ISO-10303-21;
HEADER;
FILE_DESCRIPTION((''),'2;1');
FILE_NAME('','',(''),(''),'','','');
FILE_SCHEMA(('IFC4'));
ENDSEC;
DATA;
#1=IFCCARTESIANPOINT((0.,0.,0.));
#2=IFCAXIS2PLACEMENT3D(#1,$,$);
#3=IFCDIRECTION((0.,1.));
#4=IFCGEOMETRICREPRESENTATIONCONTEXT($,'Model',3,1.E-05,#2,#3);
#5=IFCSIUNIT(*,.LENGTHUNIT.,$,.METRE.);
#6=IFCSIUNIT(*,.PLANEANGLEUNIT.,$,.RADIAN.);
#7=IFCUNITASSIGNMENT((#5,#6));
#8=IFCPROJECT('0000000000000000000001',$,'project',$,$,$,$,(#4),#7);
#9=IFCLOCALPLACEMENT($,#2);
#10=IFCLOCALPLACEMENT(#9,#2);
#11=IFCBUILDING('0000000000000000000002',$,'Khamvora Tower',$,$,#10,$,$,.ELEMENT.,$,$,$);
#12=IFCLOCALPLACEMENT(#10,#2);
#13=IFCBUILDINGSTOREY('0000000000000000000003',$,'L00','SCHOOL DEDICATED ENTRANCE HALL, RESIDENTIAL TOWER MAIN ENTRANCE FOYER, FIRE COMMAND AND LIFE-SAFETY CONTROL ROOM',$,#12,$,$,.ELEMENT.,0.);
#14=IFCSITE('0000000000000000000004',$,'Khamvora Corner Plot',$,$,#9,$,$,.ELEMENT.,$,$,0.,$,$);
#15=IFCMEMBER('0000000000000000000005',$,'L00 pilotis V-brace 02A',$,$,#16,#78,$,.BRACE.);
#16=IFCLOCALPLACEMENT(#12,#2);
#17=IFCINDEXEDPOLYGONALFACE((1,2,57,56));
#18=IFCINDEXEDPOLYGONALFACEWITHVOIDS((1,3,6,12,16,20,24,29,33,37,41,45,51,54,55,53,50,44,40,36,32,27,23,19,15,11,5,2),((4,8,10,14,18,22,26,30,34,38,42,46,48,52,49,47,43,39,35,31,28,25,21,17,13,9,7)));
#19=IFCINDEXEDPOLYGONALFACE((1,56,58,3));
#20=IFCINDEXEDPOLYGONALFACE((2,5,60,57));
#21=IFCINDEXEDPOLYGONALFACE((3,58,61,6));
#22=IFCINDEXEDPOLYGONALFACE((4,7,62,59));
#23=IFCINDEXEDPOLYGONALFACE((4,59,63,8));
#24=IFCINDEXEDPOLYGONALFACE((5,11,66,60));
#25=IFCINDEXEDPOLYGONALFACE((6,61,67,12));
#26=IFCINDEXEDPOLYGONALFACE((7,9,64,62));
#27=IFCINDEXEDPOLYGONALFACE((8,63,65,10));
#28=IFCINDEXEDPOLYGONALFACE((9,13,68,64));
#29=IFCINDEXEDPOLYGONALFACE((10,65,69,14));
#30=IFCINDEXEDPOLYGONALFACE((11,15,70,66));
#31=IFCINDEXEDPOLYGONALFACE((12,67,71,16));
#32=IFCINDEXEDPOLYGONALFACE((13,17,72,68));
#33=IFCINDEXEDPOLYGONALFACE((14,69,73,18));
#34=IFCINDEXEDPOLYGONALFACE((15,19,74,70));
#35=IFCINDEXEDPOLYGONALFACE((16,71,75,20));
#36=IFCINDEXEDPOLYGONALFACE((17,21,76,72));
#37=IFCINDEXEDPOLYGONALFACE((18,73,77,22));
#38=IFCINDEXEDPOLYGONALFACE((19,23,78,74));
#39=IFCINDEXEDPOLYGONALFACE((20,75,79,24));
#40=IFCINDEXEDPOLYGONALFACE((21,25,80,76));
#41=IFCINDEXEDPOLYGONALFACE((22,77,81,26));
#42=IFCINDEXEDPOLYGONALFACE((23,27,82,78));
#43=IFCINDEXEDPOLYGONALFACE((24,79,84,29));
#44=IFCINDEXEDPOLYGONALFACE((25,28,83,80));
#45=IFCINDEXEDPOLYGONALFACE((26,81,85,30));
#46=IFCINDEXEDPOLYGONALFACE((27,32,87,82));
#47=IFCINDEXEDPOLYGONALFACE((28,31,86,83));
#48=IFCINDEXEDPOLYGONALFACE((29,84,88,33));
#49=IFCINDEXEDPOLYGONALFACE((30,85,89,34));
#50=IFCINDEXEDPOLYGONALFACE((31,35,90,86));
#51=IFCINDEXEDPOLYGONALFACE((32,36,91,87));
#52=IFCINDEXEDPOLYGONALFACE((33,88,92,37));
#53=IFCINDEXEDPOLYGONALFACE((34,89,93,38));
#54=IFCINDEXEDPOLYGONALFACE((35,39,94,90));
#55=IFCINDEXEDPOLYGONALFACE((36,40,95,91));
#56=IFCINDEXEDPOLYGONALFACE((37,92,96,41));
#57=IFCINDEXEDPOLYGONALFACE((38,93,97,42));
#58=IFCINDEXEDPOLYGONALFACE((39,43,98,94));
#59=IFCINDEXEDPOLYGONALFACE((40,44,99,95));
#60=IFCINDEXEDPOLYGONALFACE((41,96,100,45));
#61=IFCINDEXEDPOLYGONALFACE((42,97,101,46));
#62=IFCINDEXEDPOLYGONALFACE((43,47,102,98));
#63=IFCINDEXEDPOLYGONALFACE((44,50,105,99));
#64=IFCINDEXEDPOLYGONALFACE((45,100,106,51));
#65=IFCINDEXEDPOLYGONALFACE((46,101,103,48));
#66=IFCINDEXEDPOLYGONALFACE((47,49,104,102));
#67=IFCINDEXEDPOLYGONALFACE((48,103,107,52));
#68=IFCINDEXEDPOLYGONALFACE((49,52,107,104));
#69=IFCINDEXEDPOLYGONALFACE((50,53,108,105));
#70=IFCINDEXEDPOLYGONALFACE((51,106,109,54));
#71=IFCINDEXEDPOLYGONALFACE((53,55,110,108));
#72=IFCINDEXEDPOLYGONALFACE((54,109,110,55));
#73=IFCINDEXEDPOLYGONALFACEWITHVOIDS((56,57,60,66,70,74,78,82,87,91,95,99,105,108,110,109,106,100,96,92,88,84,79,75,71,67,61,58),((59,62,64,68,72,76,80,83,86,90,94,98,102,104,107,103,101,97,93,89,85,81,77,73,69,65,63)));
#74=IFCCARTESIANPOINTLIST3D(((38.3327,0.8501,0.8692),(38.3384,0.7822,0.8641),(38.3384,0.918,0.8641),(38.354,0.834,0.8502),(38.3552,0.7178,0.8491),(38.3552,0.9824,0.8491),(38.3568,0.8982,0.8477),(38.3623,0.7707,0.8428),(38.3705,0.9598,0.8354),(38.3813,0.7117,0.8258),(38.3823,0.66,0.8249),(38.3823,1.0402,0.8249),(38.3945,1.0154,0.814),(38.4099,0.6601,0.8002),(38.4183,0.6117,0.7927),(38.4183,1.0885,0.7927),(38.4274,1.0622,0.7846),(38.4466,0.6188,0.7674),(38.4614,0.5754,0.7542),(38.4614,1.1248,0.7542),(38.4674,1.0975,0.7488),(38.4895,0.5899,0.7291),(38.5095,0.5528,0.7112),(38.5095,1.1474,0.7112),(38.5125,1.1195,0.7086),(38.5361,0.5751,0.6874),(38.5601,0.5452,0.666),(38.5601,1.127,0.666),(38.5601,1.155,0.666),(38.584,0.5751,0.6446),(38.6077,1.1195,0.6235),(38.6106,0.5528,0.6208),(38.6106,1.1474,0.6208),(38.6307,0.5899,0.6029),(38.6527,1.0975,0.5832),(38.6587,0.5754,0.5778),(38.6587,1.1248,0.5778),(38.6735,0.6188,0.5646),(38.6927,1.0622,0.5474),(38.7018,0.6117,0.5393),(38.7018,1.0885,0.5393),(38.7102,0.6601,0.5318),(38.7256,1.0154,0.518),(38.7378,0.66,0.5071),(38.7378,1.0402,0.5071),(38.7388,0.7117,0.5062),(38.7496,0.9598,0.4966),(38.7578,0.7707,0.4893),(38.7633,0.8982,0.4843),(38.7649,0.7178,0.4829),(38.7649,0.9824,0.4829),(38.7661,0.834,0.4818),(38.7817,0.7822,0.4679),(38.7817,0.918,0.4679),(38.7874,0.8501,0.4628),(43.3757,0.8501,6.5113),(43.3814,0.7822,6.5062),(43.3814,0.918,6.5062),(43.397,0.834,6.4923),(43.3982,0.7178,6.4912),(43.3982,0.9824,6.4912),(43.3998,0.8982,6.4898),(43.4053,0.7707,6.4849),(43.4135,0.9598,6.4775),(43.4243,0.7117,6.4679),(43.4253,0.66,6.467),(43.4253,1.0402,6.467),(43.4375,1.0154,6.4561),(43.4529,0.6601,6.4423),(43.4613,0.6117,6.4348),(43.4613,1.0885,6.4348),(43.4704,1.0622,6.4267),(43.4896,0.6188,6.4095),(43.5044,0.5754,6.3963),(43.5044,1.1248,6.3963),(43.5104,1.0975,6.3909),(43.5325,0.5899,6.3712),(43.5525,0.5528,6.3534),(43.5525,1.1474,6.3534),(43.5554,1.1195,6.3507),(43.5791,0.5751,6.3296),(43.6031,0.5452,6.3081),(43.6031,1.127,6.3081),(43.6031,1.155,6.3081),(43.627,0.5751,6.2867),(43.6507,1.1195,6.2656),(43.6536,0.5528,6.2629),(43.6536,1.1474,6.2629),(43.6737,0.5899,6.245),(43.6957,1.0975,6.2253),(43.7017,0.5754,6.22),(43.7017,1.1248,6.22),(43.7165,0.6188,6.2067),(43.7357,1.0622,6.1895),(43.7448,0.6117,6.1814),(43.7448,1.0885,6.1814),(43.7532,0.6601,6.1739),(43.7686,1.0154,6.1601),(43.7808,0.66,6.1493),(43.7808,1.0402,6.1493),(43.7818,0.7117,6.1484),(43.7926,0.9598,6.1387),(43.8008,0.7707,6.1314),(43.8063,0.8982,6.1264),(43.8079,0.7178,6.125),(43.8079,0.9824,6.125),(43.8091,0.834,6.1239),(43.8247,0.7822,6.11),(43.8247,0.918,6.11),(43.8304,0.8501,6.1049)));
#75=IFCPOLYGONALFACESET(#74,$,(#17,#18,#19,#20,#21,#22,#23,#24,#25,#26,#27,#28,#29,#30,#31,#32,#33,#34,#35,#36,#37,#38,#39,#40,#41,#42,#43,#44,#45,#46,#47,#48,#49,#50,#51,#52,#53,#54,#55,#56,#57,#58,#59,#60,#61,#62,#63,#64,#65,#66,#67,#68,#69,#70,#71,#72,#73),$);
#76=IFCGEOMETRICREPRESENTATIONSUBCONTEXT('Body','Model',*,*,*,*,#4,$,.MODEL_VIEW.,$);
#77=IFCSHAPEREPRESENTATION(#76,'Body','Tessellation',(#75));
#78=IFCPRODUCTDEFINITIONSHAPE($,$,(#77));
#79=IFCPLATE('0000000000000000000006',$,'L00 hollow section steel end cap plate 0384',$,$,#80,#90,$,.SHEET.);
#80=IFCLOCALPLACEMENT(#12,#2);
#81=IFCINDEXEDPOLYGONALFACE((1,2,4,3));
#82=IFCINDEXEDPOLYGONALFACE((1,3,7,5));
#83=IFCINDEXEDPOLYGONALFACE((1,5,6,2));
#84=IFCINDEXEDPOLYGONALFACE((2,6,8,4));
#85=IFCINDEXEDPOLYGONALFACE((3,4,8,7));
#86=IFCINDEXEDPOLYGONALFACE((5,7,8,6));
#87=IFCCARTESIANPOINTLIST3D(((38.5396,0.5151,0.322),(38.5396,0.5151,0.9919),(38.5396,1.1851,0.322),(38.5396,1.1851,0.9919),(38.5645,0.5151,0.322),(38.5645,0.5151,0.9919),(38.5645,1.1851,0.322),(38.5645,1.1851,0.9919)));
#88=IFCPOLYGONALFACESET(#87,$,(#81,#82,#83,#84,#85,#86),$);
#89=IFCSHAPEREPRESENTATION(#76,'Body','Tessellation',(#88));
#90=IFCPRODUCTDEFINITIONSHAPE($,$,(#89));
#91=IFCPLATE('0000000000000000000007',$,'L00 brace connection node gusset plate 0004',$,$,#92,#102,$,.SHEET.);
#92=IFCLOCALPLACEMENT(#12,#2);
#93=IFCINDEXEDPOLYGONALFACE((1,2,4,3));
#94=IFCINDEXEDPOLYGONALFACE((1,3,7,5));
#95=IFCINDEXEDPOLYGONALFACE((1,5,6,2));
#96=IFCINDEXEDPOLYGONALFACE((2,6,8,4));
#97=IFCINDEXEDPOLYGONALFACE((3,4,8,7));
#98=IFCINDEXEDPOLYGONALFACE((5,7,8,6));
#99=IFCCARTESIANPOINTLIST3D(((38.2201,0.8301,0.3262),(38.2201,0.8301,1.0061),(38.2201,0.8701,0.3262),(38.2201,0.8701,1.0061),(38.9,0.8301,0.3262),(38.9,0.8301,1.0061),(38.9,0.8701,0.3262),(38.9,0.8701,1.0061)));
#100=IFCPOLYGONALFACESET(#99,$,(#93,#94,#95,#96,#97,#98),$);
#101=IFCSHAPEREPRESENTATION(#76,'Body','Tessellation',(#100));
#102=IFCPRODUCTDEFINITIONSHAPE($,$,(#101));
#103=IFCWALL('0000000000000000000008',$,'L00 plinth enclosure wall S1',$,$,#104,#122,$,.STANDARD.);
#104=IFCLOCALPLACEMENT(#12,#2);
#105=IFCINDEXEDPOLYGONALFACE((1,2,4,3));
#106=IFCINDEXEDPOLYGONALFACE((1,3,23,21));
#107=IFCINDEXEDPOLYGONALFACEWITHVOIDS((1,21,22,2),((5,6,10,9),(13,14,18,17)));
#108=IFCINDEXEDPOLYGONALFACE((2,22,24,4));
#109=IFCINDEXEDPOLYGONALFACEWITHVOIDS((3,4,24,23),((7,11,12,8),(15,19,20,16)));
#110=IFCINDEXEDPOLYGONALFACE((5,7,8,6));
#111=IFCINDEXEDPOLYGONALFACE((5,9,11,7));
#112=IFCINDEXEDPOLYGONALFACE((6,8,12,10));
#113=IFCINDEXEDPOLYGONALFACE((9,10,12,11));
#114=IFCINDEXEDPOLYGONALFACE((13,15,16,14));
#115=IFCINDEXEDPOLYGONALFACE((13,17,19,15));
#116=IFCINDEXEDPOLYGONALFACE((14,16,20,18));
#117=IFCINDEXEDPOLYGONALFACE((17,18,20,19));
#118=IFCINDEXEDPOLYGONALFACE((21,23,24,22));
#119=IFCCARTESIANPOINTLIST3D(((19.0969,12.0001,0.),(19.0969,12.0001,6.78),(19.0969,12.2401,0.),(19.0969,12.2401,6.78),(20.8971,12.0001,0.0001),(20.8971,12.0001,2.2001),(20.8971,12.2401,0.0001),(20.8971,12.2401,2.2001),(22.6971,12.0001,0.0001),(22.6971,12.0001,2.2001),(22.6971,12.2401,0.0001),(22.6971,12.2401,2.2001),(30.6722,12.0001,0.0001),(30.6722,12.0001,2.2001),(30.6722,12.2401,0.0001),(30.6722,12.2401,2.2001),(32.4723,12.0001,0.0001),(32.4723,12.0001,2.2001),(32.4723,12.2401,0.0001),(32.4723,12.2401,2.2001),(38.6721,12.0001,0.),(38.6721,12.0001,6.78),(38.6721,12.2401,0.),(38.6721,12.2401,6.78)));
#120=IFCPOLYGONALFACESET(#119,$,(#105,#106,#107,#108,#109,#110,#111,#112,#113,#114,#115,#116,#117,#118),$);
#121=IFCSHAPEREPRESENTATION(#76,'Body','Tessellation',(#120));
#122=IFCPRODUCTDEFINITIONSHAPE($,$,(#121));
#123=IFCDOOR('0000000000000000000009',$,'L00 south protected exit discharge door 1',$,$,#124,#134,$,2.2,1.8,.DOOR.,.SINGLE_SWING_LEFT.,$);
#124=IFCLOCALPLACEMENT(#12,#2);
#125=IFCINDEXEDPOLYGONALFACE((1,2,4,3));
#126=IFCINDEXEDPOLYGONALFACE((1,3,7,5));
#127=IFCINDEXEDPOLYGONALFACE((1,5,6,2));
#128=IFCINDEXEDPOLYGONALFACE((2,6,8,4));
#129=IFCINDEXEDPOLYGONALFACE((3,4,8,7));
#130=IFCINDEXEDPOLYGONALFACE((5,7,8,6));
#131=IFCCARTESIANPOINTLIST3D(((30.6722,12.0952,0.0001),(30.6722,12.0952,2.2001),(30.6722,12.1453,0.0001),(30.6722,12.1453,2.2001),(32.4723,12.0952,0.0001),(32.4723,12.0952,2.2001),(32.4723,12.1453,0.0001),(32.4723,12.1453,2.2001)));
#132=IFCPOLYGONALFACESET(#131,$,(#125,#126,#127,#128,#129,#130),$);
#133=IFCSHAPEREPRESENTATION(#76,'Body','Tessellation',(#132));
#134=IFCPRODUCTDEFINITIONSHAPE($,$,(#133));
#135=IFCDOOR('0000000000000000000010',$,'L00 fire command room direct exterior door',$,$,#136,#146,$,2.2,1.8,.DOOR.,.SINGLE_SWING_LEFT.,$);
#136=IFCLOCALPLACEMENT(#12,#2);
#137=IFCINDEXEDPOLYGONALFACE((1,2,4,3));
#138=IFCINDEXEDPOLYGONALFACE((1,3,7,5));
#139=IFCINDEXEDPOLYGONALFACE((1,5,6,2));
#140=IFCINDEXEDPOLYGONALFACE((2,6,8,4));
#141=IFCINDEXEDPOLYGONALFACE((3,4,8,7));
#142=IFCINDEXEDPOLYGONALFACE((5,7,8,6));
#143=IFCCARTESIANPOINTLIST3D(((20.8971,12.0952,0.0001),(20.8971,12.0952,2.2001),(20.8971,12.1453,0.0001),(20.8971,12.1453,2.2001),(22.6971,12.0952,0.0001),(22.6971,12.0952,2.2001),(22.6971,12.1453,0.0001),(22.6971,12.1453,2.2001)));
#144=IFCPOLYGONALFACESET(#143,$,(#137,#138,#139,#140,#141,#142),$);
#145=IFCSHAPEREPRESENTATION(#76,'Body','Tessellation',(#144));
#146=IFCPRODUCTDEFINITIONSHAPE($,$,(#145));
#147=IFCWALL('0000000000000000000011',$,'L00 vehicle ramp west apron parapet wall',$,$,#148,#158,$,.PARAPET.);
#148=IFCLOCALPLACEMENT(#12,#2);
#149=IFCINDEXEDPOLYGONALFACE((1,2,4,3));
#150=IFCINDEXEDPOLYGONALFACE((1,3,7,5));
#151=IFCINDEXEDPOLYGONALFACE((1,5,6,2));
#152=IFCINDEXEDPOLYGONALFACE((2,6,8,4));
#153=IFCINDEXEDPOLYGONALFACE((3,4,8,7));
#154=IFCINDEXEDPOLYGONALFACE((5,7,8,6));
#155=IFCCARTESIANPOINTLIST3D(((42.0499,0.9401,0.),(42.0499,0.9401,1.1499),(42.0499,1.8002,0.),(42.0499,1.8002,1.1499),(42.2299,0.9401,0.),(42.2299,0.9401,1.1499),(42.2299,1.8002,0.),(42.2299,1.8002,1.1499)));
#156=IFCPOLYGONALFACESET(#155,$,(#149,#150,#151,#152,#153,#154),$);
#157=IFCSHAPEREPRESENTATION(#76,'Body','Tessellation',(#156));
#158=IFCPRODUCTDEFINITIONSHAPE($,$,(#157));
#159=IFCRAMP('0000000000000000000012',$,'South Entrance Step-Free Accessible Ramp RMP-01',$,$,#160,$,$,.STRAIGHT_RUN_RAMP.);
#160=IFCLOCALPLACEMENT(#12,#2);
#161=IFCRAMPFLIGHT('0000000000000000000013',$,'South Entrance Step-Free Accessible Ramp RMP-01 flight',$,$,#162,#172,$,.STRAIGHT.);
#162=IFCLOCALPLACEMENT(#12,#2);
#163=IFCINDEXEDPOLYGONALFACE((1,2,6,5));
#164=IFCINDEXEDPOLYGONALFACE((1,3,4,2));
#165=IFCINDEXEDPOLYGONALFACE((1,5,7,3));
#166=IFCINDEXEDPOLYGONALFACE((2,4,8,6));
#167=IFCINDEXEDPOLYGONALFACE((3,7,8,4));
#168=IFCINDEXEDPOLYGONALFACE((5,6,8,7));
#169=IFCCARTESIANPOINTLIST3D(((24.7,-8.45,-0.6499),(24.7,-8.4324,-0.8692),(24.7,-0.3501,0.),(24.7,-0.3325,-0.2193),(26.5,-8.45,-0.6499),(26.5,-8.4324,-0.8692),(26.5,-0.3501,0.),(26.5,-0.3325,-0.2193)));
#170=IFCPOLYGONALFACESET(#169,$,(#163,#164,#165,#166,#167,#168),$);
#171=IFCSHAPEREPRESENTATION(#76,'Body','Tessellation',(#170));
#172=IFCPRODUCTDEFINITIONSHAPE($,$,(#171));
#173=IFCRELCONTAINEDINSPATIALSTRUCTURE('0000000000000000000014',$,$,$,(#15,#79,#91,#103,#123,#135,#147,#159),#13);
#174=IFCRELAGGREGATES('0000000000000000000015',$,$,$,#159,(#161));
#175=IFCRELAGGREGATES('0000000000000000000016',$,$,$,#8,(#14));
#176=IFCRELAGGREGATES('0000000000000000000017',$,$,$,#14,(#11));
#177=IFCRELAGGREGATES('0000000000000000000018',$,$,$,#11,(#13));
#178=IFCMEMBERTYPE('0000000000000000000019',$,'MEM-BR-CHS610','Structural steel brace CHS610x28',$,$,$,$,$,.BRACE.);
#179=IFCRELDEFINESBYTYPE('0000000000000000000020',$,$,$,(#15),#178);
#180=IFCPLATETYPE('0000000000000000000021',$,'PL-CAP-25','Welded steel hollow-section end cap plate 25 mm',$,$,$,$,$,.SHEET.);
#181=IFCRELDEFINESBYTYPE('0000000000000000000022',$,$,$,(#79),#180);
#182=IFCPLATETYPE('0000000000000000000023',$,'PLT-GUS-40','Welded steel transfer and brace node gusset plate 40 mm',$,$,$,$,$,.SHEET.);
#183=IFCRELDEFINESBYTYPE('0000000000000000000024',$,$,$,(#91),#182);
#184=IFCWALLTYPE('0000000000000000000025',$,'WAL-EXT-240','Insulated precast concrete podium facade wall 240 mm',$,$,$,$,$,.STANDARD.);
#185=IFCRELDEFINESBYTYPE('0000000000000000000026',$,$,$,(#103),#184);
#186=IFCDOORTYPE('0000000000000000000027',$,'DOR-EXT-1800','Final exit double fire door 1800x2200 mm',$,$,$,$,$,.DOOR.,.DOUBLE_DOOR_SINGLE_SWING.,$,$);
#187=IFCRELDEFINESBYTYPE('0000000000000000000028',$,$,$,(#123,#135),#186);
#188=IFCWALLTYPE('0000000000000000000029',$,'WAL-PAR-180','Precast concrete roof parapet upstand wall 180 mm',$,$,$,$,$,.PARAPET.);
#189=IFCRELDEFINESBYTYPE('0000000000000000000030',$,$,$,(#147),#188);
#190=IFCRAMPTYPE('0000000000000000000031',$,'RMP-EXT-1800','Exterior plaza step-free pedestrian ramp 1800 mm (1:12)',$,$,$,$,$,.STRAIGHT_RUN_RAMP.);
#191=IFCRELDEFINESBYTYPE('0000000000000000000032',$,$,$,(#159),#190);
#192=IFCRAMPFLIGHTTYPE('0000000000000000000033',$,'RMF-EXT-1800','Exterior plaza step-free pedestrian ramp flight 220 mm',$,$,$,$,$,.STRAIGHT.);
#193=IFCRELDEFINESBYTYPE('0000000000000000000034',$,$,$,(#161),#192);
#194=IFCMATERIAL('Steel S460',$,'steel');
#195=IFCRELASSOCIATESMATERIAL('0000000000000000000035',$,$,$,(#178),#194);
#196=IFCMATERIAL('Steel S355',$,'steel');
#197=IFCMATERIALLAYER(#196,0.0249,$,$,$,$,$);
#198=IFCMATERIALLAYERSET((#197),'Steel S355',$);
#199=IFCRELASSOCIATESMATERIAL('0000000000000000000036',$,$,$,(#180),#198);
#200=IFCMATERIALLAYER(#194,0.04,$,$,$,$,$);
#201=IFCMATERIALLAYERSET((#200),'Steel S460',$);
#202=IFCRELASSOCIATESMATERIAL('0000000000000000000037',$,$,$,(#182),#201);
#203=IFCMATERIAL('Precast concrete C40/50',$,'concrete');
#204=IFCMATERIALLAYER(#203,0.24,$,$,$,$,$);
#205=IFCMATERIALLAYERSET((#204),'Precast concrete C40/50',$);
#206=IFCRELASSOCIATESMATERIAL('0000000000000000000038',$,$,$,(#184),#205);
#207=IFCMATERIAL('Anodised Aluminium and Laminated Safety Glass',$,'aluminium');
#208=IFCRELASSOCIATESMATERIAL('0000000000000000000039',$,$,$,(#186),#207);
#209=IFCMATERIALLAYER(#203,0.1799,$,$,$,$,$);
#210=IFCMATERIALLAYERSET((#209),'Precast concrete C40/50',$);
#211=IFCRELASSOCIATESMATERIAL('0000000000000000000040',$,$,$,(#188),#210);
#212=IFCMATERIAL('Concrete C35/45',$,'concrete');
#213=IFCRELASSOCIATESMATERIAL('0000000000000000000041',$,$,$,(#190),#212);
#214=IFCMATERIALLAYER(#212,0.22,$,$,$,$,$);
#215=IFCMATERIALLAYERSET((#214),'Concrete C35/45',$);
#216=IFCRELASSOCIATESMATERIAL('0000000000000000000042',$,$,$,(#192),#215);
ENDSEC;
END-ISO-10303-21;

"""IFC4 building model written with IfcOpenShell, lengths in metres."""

from ifc_helpers import new_model, si_unit, direction, frame, frame_2d, origin, origin_2d, place, context, subcontext, project, spatial, polyline, rectangle, hollow_circle, outline, extrude, material, layer, layer_set, material_profile, profile_set, type_object, element, fill, aggregate, save


model = new_model("IFC4")

# Units and contexts
model_context = context("Model", 3, precision=1e-05, world=origin(), true_north=direction((0.0, 1.0)))
body_context = subcontext(model_context, "Body", "Model", "MODEL_VIEW")
ifc_project = project(units=[si_unit("LENGTHUNIT", "METRE"), si_unit("PLANEANGLEUNIT", "RADIAN")], contexts=[model_context])

# Site, building, storey
site_placement = place(None, origin())
site = spatial("IfcSite", under=ifc_project, at=site_placement, Name="Khamvora Corner Plot", CompositionType="ELEMENT", RefElevation=0.0)
building_placement = place(site_placement, origin())
building = spatial("IfcBuilding", under=site, at=building_placement, Name="Khamvora Tower", CompositionType="ELEMENT")
storey_placement = place(building_placement, origin())
storey = spatial("IfcBuildingStorey", under=building, at=storey_placement, Name="L00", Description="SCHOOL DEDICATED ENTRANCE HALL, RESIDENTIAL TOWER MAIN ENTRANCE FOYER, FIRE COMMAND AND LIFE-SAFETY CONTROL ROOM", CompositionType="ELEMENT", Elevation=0.0)

# Shared definitions
ifc_material_1 = material(Name="Steel S460", Category="steel")
ifc_material_2 = material(Name="Steel S355", Category="steel")

# Member
ifc_material_profile_1 = material_profile(ifc_material_1, hollow_circle(Radius=0.3049, WallThickness=0.0281, at=origin_2d()), Name="CHS610x28")
ifc_profile_set_1 = profile_set([ifc_material_profile_1], Name="Steel S460")
member_type = type_object("IfcMemberType", Name="MEM-BR-CHS610", Description="Structural steel brace CHS610x28", PredefinedType="BRACE", material=ifc_profile_set_1)
member_placement = place(storey_placement, frame((38.5601, 0.8501, 0.666), z_axis=(0.666412, 0.0, 0.745584), x_axis=(0.0, 1.0, 0.0)))
element("IfcMember", 1, at=member_placement, inside=storey, type_object=member_type, Name="L00 pilotis V-brace 02A", PredefinedType="BRACE", context=body_context, shape_type="SweptSolid", body=[
    extrude(hollow_circle(Radius=0.3049, WallThickness=0.0281, at=origin_2d()), origin(), (0.0, 0.0, 1.0), 7.5674),
])

# Plates
ifc_layer_1 = layer(ifc_material_2, 0.0249)
ifc_layer_set_1 = layer_set([ifc_layer_1], Name="Steel S355")
plate_type_1 = type_object("IfcPlateType", Name="PL-CAP-25", Description="Welded steel hollow-section end cap plate 25 mm", PredefinedType="SHEET", material=ifc_layer_set_1)
plate_1_placement = place(storey_placement, frame((38.552, 0.8501, 0.322), z_axis=(0.0, 0.0, 1.0), x_axis=(1.0, 0.0, 0.0)))
element("IfcPlate", 2, at=plate_1_placement, inside=storey, type_object=plate_type_1, Name="L00 hollow section steel end cap plate 0384", PredefinedType="SHEET", context=body_context, shape_type="SweptSolid", body=[
    extrude(rectangle(XDim=0.0249, YDim=0.6699, at=origin_2d()), origin(), (0.0, 0.0, 1.0), 0.6699),
])
ifc_layer_2 = layer(ifc_material_1, 0.04)
ifc_layer_set_2 = layer_set([ifc_layer_2], Name="Steel S460")
plate_type_2 = type_object("IfcPlateType", Name="PLT-GUS-40", Description="Welded steel transfer and brace node gusset plate 40 mm", PredefinedType="SHEET", material=ifc_layer_set_2)
plate_2_placement = place(storey_placement, frame((38.5601, 0.8501, 0.3262), z_axis=(0.0, 0.0, 1.0), x_axis=(1.0, 0.0, 0.0)))
element("IfcPlate", 3, at=plate_2_placement, inside=storey, type_object=plate_type_2, Name="L00 brace connection node gusset plate 0004", PredefinedType="SHEET", context=body_context, shape_type="SweptSolid", body=[
    extrude(rectangle(XDim=0.6799, YDim=0.04, at=origin_2d()), origin(), (0.0, 0.0, 1.0), 0.6799),
])

# Wall, openings, doors
ifc_material_3 = material(Name="Precast concrete C40/50", Category="concrete")
ifc_layer_3 = layer(ifc_material_3, 0.24)
ifc_layer_set_3 = layer_set([ifc_layer_3], Name="Precast concrete C40/50")
wall_type_1 = type_object("IfcWallType", Name="WAL-EXT-240", Description="Insulated precast concrete podium facade wall 240 mm", PredefinedType="STANDARD", material=ifc_layer_set_3)
wall_1_placement = place(storey_placement, frame((38.6721, 12.1201, 0.0), z_axis=(0.0, 0.0, 1.0), x_axis=(-1.0, 0.0, 0.0)))
wall_1 = element("IfcWall", 4, at=wall_1_placement, inside=storey, type_object=wall_type_1, Name="L00 plinth enclosure wall S1", PredefinedType="STANDARD", context=body_context, shape_type="SweptSolid", body=[
    extrude(rectangle(XDim=19.5752, YDim=0.24, at=frame_2d((9.7876, 0.0))), origin(), (0.0, 0.0, 1.0), 6.78),
])
opening_1_placement = place(wall_1_placement, frame((6.2, 0.0, 0.0)))
opening_1 = element("IfcOpeningElement", 5, at=opening_1_placement, cuts=wall_1, PredefinedType="OPENING", context=body_context, shape_type="SweptSolid", body=[
    extrude(rectangle(XDim=1.8, YDim=2.2, at=frame_2d((0.8999, 1.1001))), frame((0.0, 0.1299, 0.0), z_axis=(0.0, -1.0, 0.0), x_axis=(1.0, 0.0, 0.0)), (0.0, 0.0, 1.0), 0.26),
])
opening_2_placement = place(wall_1_placement, frame((15.9751, 0.0, 0.0)))
opening_2 = element("IfcOpeningElement", 6, at=opening_2_placement, cuts=wall_1, PredefinedType="OPENING", context=body_context, shape_type="SweptSolid", body=[
    extrude(rectangle(XDim=1.8, YDim=2.2, at=frame_2d((0.8999, 1.1001))), frame((0.0, 0.1299, 0.0), z_axis=(0.0, -1.0, 0.0), x_axis=(1.0, 0.0, 0.0)), (0.0, 0.0, 1.0), 0.26),
])
ifc_material_4 = material(Name="Anodised Aluminium and Laminated Safety Glass", Category="aluminium")
door_type = type_object("IfcDoorType", Name="DOR-EXT-1800", Description="Final exit double fire door 1800x2200 mm", OperationType="DOUBLE_DOOR_SINGLE_SWING", PredefinedType="DOOR", material=ifc_material_4)
door_1_placement = place(opening_1_placement, origin())
door_1 = element("IfcDoor", 7, at=door_1_placement, inside=storey, type_object=door_type, Name="L00 south protected exit discharge door 1", OperationType="SINGLE_SWING_LEFT", OverallHeight=2.2, OverallWidth=1.8, PredefinedType="DOOR", context=body_context, shape_type="SweptSolid", body=[
    extrude(rectangle(XDim=1.8, YDim=2.2, at=frame_2d((0.8999, 1.1001))), frame((0.0, 0.0249, 0.0), z_axis=(0.0, -1.0, 0.0), x_axis=(1.0, 0.0, 0.0)), (0.0, 0.0, 1.0), 0.05),
])
fill(opening_1, door_1)
door_2_placement = place(opening_2_placement, origin())
door_2 = element("IfcDoor", 8, at=door_2_placement, inside=storey, type_object=door_type, Name="L00 fire command room direct exterior door", OperationType="SINGLE_SWING_LEFT", OverallHeight=2.2, OverallWidth=1.8, PredefinedType="DOOR", context=body_context, shape_type="SweptSolid", body=[
    extrude(rectangle(XDim=1.8, YDim=2.2, at=frame_2d((0.8999, 1.1001))), frame((0.0, 0.0249, 0.0), z_axis=(0.0, -1.0, 0.0), x_axis=(1.0, 0.0, 0.0)), (0.0, 0.0, 1.0), 0.05),
])
fill(opening_2, door_2)

# Wall
ifc_layer_4 = layer(ifc_material_3, 0.1799)
ifc_layer_set_4 = layer_set([ifc_layer_4], Name="Precast concrete C40/50")
wall_type_2 = type_object("IfcWallType", Name="WAL-PAR-180", Description="Precast concrete roof parapet upstand wall 180 mm", PredefinedType="PARAPET", material=ifc_layer_set_4)
wall_2_placement = place(storey_placement, frame((42.1399, 0.9399, 0.0), z_axis=(0.0, 0.0, 1.0), x_axis=(0.0, 1.0, 0.0)))
element("IfcWall", 9, at=wall_2_placement, inside=storey, type_object=wall_type_2, Name="L00 vehicle ramp west apron parapet wall", PredefinedType="PARAPET", context=body_context, shape_type="SweptSolid", body=[
    extrude(rectangle(XDim=0.8601, YDim=0.1799, at=frame_2d((0.4302, 0.0))), origin(), (0.0, 0.0, 1.0), 1.1499),
])

# Ramp, ramp flight
ifc_material_5 = material(Name="Concrete C35/45", Category="concrete")
ramp_type = type_object("IfcRampType", Name="RMP-EXT-1800", Description="Exterior plaza step-free pedestrian ramp 1800 mm (1:12)", PredefinedType="STRAIGHT_RUN_RAMP", material=ifc_material_5)
ramp_placement = place(storey_placement, origin())
ramp = element("IfcRamp", 10, at=ramp_placement, inside=storey, type_object=ramp_type, Name="South Entrance Step-Free Accessible Ramp RMP-01", PredefinedType="STRAIGHT_RUN_RAMP")
ifc_layer_5 = layer(ifc_material_5, 0.22)
ifc_layer_set_5 = layer_set([ifc_layer_5], Name="Concrete C35/45")
ramp_flight_type = type_object("IfcRampFlightType", Name="RMF-EXT-1800", Description="Exterior plaza step-free pedestrian ramp flight 220 mm", PredefinedType="STRAIGHT", material=ifc_layer_set_5)
ramp_flight_placement = place(storey_placement, frame((26.5, -8.45, -0.6499), z_axis=(0.0, -0.079979, 0.996797), x_axis=(0.0, 0.996797, 0.079979)))
ramp_flight = element("IfcRampFlight", 11, at=ramp_flight_placement, type_object=ramp_flight_type, Name="South Entrance Step-Free Accessible Ramp RMP-01 flight", PredefinedType="STRAIGHT", context=body_context, shape_type="SweptSolid", body=[
    extrude(outline(polyline([(0.0, 0.0), (8.1259, 0.0), (8.1259, 1.8), (0.0, 1.8), (0.0, 0.0)])), origin(), (0.0, 0.0, -1.0), 0.22),
])
aggregate(ramp, [ramp_flight])

save(model, "model.ifc")
